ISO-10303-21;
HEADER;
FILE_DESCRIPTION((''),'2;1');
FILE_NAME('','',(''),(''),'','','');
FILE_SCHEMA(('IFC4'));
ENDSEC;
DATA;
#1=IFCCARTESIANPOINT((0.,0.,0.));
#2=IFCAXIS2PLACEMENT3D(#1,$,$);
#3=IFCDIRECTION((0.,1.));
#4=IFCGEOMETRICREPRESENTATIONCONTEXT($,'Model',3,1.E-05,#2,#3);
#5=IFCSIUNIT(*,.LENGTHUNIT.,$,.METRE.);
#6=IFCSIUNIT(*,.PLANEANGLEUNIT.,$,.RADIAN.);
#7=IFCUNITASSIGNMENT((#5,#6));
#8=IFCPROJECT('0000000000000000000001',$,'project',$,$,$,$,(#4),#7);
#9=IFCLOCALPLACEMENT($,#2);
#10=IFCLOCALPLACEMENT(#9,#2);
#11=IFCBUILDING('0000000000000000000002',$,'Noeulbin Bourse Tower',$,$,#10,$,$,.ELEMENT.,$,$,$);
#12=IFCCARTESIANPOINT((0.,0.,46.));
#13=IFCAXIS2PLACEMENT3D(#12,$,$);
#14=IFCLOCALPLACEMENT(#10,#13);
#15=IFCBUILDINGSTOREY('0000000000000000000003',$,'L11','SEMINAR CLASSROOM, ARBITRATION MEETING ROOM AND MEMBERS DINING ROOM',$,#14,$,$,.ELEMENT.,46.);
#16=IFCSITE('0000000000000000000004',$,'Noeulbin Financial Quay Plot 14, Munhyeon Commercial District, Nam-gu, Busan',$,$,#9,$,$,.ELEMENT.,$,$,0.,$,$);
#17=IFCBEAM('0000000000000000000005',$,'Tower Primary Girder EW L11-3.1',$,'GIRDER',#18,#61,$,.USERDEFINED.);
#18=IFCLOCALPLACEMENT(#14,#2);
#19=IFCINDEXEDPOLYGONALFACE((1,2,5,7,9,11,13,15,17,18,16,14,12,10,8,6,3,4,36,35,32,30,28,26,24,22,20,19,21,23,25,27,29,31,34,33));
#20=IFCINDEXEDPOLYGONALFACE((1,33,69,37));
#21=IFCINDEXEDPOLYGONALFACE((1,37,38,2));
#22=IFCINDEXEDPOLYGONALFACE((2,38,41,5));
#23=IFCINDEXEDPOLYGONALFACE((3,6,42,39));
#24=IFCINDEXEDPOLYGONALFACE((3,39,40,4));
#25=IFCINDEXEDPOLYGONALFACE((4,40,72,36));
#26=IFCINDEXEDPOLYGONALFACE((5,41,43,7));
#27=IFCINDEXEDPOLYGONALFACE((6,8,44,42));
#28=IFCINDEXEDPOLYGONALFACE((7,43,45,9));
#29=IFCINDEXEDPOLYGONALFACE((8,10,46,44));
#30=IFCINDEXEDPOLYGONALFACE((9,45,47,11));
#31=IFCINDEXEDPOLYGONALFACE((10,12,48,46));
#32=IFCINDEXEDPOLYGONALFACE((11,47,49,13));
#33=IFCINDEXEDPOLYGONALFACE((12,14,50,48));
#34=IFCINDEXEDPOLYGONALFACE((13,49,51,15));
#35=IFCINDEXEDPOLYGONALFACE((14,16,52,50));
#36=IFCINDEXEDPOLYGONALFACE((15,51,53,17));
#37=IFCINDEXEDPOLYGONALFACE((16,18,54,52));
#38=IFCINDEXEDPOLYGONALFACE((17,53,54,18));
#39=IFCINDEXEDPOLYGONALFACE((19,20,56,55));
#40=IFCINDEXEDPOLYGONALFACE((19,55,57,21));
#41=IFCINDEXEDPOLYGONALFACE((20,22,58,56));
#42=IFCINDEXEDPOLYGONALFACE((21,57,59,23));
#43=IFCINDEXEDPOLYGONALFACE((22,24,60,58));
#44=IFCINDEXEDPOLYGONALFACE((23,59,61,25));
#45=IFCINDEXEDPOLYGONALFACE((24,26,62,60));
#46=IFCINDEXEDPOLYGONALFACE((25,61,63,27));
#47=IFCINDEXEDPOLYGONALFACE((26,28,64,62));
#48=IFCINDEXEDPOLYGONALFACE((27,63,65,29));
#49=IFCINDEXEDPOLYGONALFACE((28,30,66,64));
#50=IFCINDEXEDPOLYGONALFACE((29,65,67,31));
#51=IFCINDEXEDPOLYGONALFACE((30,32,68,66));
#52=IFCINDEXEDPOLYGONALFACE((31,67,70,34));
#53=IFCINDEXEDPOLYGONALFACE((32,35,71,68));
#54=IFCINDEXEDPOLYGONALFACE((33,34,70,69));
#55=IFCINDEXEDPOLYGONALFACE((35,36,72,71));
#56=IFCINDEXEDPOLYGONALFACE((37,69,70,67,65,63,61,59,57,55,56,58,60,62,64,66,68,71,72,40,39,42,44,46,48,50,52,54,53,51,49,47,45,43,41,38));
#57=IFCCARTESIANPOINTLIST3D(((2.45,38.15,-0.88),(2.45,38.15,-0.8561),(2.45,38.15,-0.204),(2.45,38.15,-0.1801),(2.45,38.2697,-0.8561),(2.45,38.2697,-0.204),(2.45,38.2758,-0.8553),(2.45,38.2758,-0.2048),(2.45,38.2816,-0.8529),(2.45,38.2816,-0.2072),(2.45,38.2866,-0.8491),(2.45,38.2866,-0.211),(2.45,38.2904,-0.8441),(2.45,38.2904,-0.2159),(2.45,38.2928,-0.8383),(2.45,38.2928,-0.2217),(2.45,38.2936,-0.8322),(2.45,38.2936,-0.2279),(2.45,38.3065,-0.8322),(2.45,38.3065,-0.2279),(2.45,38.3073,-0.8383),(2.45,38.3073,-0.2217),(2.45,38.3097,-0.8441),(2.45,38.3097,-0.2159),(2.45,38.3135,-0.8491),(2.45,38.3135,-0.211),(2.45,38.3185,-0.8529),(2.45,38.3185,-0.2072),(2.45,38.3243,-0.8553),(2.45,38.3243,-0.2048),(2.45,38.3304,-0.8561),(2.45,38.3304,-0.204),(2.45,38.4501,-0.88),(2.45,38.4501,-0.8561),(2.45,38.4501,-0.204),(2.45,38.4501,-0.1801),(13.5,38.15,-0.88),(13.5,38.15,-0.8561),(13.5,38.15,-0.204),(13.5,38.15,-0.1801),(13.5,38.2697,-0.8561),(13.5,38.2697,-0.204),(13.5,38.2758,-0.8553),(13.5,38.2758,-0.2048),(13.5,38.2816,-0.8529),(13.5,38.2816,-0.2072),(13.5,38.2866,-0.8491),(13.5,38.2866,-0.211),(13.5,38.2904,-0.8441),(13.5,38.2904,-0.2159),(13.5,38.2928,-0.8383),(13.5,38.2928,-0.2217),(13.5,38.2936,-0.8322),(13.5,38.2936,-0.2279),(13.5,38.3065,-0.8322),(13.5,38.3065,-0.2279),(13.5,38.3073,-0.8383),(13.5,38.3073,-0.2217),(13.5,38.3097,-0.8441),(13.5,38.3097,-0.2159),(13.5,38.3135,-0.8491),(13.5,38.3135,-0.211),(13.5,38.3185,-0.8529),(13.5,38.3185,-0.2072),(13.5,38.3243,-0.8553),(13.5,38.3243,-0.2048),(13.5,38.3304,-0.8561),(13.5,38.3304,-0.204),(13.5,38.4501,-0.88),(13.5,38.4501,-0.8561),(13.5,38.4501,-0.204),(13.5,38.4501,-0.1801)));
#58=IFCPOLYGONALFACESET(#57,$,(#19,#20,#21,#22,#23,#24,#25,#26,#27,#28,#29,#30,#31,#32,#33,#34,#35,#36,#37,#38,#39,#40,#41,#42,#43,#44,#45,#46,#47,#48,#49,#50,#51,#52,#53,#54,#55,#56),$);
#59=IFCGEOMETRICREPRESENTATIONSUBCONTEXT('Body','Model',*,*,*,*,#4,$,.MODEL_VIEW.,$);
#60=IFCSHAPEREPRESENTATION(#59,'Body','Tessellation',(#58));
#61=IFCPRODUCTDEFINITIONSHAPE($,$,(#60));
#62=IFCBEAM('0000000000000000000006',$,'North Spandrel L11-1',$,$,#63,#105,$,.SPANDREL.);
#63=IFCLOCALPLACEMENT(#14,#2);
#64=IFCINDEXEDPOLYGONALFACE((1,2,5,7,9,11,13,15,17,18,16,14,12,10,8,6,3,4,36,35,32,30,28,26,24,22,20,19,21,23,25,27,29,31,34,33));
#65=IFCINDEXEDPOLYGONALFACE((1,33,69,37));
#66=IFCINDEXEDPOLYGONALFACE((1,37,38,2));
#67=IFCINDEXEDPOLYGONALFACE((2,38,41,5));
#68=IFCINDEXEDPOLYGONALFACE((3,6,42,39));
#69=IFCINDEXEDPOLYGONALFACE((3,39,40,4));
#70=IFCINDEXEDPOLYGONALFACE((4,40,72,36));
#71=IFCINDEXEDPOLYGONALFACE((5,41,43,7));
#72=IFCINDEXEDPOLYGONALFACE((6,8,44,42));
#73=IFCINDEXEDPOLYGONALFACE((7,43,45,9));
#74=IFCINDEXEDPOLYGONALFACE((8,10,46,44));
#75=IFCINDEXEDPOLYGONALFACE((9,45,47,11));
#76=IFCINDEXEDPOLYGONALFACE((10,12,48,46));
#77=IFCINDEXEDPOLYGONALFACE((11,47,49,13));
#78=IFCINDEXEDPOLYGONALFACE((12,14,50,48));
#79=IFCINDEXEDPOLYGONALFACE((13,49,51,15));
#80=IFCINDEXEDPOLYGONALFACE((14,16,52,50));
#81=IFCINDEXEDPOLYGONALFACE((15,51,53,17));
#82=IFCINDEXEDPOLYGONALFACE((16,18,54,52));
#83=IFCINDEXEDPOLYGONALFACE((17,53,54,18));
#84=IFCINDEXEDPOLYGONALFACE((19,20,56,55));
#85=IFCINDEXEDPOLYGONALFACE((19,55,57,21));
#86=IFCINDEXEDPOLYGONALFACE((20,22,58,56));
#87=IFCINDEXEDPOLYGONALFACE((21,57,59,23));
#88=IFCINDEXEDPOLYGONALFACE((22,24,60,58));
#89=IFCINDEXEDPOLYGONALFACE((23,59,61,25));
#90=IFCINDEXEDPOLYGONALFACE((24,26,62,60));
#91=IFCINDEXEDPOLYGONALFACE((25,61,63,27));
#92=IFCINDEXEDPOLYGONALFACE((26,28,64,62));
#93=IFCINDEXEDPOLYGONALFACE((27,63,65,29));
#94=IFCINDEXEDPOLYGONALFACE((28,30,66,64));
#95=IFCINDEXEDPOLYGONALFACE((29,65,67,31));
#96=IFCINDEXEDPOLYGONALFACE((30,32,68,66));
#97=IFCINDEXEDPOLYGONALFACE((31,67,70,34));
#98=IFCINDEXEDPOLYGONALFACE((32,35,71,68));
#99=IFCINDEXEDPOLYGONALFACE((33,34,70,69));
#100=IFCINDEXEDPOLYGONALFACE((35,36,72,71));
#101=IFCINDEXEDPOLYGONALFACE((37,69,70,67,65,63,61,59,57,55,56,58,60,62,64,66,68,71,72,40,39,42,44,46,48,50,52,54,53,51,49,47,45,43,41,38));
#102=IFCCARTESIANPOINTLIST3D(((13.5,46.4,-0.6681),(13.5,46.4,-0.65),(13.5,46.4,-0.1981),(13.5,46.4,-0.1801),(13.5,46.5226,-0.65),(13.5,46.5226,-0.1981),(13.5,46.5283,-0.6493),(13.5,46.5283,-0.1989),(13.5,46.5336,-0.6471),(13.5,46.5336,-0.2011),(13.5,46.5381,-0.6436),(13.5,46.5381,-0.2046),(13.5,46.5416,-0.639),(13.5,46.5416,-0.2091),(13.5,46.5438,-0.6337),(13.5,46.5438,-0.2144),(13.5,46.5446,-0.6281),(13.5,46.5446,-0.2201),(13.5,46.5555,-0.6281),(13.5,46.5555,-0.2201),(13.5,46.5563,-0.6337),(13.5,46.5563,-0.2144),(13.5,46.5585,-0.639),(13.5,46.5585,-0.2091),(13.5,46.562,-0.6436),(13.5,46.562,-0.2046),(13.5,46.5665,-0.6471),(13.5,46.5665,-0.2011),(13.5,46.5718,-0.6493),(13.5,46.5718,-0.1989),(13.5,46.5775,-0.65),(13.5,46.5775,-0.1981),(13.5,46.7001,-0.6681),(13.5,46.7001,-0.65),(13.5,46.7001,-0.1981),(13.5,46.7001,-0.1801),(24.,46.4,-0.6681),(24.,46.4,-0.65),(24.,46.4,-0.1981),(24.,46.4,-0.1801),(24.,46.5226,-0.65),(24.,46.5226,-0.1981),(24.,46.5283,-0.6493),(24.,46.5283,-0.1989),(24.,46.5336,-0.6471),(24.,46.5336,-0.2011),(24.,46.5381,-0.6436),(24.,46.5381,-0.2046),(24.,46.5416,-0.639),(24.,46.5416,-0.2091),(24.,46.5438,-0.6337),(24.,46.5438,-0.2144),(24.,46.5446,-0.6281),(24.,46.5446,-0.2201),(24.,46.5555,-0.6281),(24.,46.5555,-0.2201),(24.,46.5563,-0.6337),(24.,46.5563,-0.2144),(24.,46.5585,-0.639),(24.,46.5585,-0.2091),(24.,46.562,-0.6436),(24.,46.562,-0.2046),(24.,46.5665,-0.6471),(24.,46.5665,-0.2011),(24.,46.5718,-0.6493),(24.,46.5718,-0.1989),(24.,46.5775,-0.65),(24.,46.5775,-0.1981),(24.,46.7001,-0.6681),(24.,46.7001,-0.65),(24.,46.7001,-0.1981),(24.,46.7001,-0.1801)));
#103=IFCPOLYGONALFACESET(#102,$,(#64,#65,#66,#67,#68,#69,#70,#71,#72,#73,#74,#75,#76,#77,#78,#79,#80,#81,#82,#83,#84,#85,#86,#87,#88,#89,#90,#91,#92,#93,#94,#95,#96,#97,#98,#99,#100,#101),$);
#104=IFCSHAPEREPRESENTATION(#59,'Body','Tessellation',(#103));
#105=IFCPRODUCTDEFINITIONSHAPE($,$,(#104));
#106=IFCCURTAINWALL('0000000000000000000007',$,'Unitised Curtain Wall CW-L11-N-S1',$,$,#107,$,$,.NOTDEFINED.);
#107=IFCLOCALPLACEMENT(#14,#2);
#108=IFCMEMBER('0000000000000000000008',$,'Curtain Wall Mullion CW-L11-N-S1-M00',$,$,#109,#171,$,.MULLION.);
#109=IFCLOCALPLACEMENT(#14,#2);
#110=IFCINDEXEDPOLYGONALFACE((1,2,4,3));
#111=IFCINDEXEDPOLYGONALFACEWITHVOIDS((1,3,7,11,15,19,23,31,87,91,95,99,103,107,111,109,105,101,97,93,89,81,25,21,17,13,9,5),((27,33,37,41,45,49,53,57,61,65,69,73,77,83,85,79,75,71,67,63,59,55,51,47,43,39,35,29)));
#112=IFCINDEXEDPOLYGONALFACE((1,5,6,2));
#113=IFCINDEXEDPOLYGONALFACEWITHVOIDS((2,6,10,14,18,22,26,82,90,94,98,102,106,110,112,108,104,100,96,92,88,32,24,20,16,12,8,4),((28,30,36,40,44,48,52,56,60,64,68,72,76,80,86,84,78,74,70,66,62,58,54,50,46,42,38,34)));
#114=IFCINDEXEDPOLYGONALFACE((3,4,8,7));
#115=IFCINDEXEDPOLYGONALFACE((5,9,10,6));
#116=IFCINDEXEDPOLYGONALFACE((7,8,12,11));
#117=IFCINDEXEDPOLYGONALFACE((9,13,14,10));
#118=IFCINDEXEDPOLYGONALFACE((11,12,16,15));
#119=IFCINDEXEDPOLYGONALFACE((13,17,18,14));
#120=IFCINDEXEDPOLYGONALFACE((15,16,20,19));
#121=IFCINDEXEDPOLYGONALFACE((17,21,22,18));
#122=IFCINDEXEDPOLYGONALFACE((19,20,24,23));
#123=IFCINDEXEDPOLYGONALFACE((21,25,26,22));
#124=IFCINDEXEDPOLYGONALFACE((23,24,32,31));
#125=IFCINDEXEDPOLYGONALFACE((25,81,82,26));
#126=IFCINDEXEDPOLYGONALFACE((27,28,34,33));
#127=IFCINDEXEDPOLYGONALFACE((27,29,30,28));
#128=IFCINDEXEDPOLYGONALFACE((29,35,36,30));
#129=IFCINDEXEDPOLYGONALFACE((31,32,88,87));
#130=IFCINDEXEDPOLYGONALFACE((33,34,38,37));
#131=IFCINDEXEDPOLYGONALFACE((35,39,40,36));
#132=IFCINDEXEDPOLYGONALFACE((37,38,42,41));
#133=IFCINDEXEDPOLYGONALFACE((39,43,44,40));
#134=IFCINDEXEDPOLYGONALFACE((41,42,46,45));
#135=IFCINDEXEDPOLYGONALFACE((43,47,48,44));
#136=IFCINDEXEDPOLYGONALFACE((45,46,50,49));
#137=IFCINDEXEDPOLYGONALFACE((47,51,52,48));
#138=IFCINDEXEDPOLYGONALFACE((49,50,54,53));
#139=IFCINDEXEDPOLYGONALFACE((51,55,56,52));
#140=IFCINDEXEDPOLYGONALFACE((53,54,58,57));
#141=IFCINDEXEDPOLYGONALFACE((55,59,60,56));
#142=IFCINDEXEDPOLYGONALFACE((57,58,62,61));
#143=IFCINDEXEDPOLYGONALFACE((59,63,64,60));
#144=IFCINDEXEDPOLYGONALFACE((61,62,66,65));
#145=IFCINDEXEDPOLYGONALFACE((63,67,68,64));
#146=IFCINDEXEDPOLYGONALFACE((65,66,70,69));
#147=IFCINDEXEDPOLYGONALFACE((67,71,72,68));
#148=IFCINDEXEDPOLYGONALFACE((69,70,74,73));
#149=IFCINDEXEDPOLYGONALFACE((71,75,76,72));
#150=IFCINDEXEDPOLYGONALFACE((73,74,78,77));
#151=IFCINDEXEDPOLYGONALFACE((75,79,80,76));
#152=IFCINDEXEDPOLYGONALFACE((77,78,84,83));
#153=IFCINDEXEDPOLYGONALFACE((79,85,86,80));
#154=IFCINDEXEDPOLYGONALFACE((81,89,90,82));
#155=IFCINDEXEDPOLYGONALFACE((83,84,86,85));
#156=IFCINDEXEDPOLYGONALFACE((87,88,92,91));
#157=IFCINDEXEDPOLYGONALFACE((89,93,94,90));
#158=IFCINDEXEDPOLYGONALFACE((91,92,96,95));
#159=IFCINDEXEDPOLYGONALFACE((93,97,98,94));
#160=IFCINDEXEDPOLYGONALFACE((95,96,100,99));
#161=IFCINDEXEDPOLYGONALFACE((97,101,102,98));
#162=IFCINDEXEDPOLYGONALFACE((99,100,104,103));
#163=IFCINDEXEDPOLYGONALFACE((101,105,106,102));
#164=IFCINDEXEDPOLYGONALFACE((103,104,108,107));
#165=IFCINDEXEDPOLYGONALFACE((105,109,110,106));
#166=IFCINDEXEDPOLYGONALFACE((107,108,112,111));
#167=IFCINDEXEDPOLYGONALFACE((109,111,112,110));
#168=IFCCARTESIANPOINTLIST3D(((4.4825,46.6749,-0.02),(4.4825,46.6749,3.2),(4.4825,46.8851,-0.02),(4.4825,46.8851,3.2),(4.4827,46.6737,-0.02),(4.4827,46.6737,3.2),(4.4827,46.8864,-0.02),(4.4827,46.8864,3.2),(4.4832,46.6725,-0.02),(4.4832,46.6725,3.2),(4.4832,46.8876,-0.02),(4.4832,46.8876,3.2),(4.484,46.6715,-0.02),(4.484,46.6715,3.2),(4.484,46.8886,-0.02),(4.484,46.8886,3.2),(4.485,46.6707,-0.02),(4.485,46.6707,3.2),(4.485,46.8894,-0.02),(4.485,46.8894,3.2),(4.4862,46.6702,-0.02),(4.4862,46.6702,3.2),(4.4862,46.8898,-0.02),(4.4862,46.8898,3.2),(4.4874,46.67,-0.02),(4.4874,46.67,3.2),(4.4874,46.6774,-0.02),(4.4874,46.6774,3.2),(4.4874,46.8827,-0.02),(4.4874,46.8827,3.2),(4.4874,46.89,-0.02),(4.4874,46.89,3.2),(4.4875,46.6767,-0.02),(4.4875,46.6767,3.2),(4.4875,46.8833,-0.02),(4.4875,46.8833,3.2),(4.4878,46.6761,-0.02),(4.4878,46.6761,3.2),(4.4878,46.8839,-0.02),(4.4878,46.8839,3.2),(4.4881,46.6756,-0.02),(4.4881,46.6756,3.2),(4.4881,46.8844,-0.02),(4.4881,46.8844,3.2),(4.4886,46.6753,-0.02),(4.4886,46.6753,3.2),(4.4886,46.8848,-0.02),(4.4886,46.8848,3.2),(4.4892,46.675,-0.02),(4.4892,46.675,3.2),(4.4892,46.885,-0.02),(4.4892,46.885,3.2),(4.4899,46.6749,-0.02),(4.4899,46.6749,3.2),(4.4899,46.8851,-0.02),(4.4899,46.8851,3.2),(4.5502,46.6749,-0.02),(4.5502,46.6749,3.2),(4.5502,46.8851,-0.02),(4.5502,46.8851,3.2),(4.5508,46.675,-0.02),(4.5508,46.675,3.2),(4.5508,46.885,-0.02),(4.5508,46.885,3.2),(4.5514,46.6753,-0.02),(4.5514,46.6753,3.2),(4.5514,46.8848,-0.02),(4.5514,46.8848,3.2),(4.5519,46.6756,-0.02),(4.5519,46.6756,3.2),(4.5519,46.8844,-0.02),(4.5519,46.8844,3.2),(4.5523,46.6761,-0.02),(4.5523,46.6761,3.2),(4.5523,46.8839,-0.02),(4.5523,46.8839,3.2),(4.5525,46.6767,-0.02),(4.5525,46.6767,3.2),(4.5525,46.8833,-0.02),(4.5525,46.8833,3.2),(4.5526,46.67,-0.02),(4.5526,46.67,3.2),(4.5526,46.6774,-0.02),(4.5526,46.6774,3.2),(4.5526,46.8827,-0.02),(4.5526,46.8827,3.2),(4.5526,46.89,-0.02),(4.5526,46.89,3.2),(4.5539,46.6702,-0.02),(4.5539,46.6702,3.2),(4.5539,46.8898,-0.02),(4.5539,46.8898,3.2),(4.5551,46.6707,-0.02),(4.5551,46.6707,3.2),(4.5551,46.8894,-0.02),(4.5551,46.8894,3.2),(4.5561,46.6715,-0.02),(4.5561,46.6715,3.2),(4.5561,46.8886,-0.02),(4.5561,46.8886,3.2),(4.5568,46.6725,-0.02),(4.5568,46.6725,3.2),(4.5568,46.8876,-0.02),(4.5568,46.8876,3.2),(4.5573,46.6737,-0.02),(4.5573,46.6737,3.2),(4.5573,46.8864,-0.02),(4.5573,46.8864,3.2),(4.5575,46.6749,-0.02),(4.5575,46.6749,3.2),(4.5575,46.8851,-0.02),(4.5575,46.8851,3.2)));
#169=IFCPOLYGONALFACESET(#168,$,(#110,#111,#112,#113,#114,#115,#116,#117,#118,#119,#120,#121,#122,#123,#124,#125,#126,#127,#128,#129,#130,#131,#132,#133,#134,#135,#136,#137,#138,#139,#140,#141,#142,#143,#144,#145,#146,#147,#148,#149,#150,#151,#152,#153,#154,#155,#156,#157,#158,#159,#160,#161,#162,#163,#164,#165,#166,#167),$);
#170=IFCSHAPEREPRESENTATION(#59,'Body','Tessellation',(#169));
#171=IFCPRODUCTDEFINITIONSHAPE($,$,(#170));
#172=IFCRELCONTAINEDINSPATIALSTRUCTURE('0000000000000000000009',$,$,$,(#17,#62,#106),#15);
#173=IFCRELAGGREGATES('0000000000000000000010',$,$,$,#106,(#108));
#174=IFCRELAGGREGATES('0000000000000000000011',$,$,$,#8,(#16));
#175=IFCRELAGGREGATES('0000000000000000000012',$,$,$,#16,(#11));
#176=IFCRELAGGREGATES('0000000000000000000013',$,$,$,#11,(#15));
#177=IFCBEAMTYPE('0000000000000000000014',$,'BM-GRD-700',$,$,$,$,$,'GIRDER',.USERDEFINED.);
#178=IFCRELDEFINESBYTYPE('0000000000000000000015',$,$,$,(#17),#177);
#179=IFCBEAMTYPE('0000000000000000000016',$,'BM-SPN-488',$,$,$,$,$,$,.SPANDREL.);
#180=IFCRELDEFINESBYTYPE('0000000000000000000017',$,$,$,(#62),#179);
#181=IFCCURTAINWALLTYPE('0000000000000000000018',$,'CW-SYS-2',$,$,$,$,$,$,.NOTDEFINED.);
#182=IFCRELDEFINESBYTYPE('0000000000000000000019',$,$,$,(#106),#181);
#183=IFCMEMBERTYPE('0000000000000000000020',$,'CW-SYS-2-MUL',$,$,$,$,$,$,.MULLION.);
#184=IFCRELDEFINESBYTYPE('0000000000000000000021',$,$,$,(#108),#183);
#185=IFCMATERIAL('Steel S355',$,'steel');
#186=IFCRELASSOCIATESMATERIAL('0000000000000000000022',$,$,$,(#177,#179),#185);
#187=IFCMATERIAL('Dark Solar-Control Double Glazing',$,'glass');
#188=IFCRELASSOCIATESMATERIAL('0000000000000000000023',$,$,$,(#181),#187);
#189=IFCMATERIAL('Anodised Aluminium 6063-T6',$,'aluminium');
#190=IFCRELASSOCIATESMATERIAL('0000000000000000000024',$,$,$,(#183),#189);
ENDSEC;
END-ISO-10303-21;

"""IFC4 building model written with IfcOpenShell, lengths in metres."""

from ifc_helpers import new_model, si_unit, direction, frame, origin, origin_2d, place, context, subcontext, project, spatial, hollow_rectangle, i_section, extrude, material, material_profile, profile_set, type_object, element, aggregate, save


model = new_model("IFC4")

# Units and contexts
model_context = context("Model", 3, precision=1e-05, world=origin(), true_north=direction((0.0, 1.0)))
body_context = subcontext(model_context, "Body", "Model", "MODEL_VIEW")
ifc_project = project(units=[si_unit("LENGTHUNIT", "METRE"), si_unit("PLANEANGLEUNIT", "RADIAN")], contexts=[model_context])

# Site, building, storey
site_placement = place(None, origin())
site = spatial("IfcSite", under=ifc_project, at=site_placement, Name="Noeulbin Financial Quay Plot 14, Munhyeon Commercial District, Nam-gu, Busan", CompositionType="ELEMENT", RefElevation=0.0)
building_placement = place(site_placement, origin())
building = spatial("IfcBuilding", under=site, at=building_placement, Name="Noeulbin Bourse Tower", CompositionType="ELEMENT")
storey_placement = place(building_placement, frame((0.0, 0.0, 46.0)))
storey = spatial("IfcBuildingStorey", under=building, at=storey_placement, Name="L11", Description="SEMINAR CLASSROOM, ARBITRATION MEETING ROOM AND MEMBERS DINING ROOM", CompositionType="ELEMENT", Elevation=46.0)

# Beams
ifc_material_1 = material(Name="Steel S355", Category="steel")
ifc_material_profile_1 = material_profile(ifc_material_1, i_section(OverallWidth=0.3, OverallDepth=0.7, WebThickness=0.0129, FlangeThickness=0.0239, FilletRadius=0.0239, at=origin_2d()), Name="H-700x300x13x24", Category="LoadBearing")
ifc_profile_set_1 = profile_set([ifc_material_profile_1], Name="Steel S355")
beam_type_1 = type_object("IfcBeamType", Name="BM-GRD-700", ElementType="GIRDER", PredefinedType="USERDEFINED", material=ifc_profile_set_1)
beam_1_placement = place(storey_placement, frame((2.45, 38.3, -0.53), z_axis=(1.0, 0.0, 0.0), x_axis=(0.0, 1.0, 0.0)))
element("IfcBeam", 1, at=beam_1_placement, inside=storey, type_object=beam_type_1, Name="Tower Primary Girder EW L11-3.1", ObjectType="GIRDER", PredefinedType="USERDEFINED", context=body_context, shape_type="SweptSolid", body=[
    extrude(i_section(OverallWidth=0.3, OverallDepth=0.7, WebThickness=0.0129, FlangeThickness=0.0239, FilletRadius=0.0239, at=origin_2d()), origin(), (0.0, 0.0, 1.0), 11.05),
])
ifc_material_profile_2 = material_profile(ifc_material_1, i_section(OverallWidth=0.3, OverallDepth=0.488, WebThickness=0.011, FlangeThickness=0.0181, FilletRadius=0.022, at=origin_2d()), Name="H-488x300x11x18", Category="LoadBearing")
ifc_profile_set_2 = profile_set([ifc_material_profile_2], Name="Steel S355")
beam_type_2 = type_object("IfcBeamType", Name="BM-SPN-488", PredefinedType="SPANDREL", material=ifc_profile_set_2)
beam_2_placement = place(storey_placement, frame((13.5, 46.55, -0.4241), z_axis=(1.0, 0.0, 0.0), x_axis=(0.0, 1.0, 0.0)))
element("IfcBeam", 2, at=beam_2_placement, inside=storey, type_object=beam_type_2, Name="North Spandrel L11-1", PredefinedType="SPANDREL", context=body_context, shape_type="SweptSolid", body=[
    extrude(i_section(OverallWidth=0.3, OverallDepth=0.488, WebThickness=0.011, FlangeThickness=0.0181, FilletRadius=0.022, at=origin_2d()), origin(), (0.0, 0.0, 1.0), 10.5),
])

# Curtain wall, member
ifc_material_2 = material(Name="Dark Solar-Control Double Glazing", Category="glass")
curtain_wall_type = type_object("IfcCurtainWallType", Name="CW-SYS-2", PredefinedType="NOTDEFINED", material=ifc_material_2)
curtain_wall_1_placement = place(storey_placement, origin())
curtain_wall_1 = element("IfcCurtainWall", 3, at=curtain_wall_1_placement, inside=storey, type_object=curtain_wall_type, Name="Unitised Curtain Wall CW-L11-N-S1", PredefinedType="NOTDEFINED")
ifc_material_3 = material(Name="Anodised Aluminium 6063-T6", Category="aluminium")
ifc_material_profile_3 = material_profile(ifc_material_3, hollow_rectangle(XDim=0.075, YDim=0.22, WallThickness=0.0049, InnerFilletRadius=0.0024, OuterFilletRadius=0.0049, at=origin_2d()), Name="ALU-MULL-75x220x5", Category="LoadBearing")
ifc_profile_set_3 = profile_set([ifc_material_profile_3], Name="Anodised Aluminium 6063-T6")
member_type_1 = type_object("IfcMemberType", Name="CW-SYS-2-MUL", PredefinedType="MULLION", material=ifc_profile_set_3)
member_1_placement = place(storey_placement, frame((4.52, 46.78, -0.02), z_axis=(0.0, 0.0, 1.0), x_axis=(1.0, 0.0, 0.0)))
member_1 = element("IfcMember", 4, at=member_1_placement, type_object=member_type_1, Name="Curtain Wall Mullion CW-L11-N-S1-M00", PredefinedType="MULLION", context=body_context, shape_type="SweptSolid", body=[
    extrude(hollow_rectangle(XDim=0.075, YDim=0.22, WallThickness=0.0049, InnerFilletRadius=0.0024, OuterFilletRadius=0.0049, at=origin_2d()), origin(), (0.0, 0.0, 1.0), 3.22),
])

aggregate(curtain_wall_1, [member_1])

save(model, "model.ifc")
